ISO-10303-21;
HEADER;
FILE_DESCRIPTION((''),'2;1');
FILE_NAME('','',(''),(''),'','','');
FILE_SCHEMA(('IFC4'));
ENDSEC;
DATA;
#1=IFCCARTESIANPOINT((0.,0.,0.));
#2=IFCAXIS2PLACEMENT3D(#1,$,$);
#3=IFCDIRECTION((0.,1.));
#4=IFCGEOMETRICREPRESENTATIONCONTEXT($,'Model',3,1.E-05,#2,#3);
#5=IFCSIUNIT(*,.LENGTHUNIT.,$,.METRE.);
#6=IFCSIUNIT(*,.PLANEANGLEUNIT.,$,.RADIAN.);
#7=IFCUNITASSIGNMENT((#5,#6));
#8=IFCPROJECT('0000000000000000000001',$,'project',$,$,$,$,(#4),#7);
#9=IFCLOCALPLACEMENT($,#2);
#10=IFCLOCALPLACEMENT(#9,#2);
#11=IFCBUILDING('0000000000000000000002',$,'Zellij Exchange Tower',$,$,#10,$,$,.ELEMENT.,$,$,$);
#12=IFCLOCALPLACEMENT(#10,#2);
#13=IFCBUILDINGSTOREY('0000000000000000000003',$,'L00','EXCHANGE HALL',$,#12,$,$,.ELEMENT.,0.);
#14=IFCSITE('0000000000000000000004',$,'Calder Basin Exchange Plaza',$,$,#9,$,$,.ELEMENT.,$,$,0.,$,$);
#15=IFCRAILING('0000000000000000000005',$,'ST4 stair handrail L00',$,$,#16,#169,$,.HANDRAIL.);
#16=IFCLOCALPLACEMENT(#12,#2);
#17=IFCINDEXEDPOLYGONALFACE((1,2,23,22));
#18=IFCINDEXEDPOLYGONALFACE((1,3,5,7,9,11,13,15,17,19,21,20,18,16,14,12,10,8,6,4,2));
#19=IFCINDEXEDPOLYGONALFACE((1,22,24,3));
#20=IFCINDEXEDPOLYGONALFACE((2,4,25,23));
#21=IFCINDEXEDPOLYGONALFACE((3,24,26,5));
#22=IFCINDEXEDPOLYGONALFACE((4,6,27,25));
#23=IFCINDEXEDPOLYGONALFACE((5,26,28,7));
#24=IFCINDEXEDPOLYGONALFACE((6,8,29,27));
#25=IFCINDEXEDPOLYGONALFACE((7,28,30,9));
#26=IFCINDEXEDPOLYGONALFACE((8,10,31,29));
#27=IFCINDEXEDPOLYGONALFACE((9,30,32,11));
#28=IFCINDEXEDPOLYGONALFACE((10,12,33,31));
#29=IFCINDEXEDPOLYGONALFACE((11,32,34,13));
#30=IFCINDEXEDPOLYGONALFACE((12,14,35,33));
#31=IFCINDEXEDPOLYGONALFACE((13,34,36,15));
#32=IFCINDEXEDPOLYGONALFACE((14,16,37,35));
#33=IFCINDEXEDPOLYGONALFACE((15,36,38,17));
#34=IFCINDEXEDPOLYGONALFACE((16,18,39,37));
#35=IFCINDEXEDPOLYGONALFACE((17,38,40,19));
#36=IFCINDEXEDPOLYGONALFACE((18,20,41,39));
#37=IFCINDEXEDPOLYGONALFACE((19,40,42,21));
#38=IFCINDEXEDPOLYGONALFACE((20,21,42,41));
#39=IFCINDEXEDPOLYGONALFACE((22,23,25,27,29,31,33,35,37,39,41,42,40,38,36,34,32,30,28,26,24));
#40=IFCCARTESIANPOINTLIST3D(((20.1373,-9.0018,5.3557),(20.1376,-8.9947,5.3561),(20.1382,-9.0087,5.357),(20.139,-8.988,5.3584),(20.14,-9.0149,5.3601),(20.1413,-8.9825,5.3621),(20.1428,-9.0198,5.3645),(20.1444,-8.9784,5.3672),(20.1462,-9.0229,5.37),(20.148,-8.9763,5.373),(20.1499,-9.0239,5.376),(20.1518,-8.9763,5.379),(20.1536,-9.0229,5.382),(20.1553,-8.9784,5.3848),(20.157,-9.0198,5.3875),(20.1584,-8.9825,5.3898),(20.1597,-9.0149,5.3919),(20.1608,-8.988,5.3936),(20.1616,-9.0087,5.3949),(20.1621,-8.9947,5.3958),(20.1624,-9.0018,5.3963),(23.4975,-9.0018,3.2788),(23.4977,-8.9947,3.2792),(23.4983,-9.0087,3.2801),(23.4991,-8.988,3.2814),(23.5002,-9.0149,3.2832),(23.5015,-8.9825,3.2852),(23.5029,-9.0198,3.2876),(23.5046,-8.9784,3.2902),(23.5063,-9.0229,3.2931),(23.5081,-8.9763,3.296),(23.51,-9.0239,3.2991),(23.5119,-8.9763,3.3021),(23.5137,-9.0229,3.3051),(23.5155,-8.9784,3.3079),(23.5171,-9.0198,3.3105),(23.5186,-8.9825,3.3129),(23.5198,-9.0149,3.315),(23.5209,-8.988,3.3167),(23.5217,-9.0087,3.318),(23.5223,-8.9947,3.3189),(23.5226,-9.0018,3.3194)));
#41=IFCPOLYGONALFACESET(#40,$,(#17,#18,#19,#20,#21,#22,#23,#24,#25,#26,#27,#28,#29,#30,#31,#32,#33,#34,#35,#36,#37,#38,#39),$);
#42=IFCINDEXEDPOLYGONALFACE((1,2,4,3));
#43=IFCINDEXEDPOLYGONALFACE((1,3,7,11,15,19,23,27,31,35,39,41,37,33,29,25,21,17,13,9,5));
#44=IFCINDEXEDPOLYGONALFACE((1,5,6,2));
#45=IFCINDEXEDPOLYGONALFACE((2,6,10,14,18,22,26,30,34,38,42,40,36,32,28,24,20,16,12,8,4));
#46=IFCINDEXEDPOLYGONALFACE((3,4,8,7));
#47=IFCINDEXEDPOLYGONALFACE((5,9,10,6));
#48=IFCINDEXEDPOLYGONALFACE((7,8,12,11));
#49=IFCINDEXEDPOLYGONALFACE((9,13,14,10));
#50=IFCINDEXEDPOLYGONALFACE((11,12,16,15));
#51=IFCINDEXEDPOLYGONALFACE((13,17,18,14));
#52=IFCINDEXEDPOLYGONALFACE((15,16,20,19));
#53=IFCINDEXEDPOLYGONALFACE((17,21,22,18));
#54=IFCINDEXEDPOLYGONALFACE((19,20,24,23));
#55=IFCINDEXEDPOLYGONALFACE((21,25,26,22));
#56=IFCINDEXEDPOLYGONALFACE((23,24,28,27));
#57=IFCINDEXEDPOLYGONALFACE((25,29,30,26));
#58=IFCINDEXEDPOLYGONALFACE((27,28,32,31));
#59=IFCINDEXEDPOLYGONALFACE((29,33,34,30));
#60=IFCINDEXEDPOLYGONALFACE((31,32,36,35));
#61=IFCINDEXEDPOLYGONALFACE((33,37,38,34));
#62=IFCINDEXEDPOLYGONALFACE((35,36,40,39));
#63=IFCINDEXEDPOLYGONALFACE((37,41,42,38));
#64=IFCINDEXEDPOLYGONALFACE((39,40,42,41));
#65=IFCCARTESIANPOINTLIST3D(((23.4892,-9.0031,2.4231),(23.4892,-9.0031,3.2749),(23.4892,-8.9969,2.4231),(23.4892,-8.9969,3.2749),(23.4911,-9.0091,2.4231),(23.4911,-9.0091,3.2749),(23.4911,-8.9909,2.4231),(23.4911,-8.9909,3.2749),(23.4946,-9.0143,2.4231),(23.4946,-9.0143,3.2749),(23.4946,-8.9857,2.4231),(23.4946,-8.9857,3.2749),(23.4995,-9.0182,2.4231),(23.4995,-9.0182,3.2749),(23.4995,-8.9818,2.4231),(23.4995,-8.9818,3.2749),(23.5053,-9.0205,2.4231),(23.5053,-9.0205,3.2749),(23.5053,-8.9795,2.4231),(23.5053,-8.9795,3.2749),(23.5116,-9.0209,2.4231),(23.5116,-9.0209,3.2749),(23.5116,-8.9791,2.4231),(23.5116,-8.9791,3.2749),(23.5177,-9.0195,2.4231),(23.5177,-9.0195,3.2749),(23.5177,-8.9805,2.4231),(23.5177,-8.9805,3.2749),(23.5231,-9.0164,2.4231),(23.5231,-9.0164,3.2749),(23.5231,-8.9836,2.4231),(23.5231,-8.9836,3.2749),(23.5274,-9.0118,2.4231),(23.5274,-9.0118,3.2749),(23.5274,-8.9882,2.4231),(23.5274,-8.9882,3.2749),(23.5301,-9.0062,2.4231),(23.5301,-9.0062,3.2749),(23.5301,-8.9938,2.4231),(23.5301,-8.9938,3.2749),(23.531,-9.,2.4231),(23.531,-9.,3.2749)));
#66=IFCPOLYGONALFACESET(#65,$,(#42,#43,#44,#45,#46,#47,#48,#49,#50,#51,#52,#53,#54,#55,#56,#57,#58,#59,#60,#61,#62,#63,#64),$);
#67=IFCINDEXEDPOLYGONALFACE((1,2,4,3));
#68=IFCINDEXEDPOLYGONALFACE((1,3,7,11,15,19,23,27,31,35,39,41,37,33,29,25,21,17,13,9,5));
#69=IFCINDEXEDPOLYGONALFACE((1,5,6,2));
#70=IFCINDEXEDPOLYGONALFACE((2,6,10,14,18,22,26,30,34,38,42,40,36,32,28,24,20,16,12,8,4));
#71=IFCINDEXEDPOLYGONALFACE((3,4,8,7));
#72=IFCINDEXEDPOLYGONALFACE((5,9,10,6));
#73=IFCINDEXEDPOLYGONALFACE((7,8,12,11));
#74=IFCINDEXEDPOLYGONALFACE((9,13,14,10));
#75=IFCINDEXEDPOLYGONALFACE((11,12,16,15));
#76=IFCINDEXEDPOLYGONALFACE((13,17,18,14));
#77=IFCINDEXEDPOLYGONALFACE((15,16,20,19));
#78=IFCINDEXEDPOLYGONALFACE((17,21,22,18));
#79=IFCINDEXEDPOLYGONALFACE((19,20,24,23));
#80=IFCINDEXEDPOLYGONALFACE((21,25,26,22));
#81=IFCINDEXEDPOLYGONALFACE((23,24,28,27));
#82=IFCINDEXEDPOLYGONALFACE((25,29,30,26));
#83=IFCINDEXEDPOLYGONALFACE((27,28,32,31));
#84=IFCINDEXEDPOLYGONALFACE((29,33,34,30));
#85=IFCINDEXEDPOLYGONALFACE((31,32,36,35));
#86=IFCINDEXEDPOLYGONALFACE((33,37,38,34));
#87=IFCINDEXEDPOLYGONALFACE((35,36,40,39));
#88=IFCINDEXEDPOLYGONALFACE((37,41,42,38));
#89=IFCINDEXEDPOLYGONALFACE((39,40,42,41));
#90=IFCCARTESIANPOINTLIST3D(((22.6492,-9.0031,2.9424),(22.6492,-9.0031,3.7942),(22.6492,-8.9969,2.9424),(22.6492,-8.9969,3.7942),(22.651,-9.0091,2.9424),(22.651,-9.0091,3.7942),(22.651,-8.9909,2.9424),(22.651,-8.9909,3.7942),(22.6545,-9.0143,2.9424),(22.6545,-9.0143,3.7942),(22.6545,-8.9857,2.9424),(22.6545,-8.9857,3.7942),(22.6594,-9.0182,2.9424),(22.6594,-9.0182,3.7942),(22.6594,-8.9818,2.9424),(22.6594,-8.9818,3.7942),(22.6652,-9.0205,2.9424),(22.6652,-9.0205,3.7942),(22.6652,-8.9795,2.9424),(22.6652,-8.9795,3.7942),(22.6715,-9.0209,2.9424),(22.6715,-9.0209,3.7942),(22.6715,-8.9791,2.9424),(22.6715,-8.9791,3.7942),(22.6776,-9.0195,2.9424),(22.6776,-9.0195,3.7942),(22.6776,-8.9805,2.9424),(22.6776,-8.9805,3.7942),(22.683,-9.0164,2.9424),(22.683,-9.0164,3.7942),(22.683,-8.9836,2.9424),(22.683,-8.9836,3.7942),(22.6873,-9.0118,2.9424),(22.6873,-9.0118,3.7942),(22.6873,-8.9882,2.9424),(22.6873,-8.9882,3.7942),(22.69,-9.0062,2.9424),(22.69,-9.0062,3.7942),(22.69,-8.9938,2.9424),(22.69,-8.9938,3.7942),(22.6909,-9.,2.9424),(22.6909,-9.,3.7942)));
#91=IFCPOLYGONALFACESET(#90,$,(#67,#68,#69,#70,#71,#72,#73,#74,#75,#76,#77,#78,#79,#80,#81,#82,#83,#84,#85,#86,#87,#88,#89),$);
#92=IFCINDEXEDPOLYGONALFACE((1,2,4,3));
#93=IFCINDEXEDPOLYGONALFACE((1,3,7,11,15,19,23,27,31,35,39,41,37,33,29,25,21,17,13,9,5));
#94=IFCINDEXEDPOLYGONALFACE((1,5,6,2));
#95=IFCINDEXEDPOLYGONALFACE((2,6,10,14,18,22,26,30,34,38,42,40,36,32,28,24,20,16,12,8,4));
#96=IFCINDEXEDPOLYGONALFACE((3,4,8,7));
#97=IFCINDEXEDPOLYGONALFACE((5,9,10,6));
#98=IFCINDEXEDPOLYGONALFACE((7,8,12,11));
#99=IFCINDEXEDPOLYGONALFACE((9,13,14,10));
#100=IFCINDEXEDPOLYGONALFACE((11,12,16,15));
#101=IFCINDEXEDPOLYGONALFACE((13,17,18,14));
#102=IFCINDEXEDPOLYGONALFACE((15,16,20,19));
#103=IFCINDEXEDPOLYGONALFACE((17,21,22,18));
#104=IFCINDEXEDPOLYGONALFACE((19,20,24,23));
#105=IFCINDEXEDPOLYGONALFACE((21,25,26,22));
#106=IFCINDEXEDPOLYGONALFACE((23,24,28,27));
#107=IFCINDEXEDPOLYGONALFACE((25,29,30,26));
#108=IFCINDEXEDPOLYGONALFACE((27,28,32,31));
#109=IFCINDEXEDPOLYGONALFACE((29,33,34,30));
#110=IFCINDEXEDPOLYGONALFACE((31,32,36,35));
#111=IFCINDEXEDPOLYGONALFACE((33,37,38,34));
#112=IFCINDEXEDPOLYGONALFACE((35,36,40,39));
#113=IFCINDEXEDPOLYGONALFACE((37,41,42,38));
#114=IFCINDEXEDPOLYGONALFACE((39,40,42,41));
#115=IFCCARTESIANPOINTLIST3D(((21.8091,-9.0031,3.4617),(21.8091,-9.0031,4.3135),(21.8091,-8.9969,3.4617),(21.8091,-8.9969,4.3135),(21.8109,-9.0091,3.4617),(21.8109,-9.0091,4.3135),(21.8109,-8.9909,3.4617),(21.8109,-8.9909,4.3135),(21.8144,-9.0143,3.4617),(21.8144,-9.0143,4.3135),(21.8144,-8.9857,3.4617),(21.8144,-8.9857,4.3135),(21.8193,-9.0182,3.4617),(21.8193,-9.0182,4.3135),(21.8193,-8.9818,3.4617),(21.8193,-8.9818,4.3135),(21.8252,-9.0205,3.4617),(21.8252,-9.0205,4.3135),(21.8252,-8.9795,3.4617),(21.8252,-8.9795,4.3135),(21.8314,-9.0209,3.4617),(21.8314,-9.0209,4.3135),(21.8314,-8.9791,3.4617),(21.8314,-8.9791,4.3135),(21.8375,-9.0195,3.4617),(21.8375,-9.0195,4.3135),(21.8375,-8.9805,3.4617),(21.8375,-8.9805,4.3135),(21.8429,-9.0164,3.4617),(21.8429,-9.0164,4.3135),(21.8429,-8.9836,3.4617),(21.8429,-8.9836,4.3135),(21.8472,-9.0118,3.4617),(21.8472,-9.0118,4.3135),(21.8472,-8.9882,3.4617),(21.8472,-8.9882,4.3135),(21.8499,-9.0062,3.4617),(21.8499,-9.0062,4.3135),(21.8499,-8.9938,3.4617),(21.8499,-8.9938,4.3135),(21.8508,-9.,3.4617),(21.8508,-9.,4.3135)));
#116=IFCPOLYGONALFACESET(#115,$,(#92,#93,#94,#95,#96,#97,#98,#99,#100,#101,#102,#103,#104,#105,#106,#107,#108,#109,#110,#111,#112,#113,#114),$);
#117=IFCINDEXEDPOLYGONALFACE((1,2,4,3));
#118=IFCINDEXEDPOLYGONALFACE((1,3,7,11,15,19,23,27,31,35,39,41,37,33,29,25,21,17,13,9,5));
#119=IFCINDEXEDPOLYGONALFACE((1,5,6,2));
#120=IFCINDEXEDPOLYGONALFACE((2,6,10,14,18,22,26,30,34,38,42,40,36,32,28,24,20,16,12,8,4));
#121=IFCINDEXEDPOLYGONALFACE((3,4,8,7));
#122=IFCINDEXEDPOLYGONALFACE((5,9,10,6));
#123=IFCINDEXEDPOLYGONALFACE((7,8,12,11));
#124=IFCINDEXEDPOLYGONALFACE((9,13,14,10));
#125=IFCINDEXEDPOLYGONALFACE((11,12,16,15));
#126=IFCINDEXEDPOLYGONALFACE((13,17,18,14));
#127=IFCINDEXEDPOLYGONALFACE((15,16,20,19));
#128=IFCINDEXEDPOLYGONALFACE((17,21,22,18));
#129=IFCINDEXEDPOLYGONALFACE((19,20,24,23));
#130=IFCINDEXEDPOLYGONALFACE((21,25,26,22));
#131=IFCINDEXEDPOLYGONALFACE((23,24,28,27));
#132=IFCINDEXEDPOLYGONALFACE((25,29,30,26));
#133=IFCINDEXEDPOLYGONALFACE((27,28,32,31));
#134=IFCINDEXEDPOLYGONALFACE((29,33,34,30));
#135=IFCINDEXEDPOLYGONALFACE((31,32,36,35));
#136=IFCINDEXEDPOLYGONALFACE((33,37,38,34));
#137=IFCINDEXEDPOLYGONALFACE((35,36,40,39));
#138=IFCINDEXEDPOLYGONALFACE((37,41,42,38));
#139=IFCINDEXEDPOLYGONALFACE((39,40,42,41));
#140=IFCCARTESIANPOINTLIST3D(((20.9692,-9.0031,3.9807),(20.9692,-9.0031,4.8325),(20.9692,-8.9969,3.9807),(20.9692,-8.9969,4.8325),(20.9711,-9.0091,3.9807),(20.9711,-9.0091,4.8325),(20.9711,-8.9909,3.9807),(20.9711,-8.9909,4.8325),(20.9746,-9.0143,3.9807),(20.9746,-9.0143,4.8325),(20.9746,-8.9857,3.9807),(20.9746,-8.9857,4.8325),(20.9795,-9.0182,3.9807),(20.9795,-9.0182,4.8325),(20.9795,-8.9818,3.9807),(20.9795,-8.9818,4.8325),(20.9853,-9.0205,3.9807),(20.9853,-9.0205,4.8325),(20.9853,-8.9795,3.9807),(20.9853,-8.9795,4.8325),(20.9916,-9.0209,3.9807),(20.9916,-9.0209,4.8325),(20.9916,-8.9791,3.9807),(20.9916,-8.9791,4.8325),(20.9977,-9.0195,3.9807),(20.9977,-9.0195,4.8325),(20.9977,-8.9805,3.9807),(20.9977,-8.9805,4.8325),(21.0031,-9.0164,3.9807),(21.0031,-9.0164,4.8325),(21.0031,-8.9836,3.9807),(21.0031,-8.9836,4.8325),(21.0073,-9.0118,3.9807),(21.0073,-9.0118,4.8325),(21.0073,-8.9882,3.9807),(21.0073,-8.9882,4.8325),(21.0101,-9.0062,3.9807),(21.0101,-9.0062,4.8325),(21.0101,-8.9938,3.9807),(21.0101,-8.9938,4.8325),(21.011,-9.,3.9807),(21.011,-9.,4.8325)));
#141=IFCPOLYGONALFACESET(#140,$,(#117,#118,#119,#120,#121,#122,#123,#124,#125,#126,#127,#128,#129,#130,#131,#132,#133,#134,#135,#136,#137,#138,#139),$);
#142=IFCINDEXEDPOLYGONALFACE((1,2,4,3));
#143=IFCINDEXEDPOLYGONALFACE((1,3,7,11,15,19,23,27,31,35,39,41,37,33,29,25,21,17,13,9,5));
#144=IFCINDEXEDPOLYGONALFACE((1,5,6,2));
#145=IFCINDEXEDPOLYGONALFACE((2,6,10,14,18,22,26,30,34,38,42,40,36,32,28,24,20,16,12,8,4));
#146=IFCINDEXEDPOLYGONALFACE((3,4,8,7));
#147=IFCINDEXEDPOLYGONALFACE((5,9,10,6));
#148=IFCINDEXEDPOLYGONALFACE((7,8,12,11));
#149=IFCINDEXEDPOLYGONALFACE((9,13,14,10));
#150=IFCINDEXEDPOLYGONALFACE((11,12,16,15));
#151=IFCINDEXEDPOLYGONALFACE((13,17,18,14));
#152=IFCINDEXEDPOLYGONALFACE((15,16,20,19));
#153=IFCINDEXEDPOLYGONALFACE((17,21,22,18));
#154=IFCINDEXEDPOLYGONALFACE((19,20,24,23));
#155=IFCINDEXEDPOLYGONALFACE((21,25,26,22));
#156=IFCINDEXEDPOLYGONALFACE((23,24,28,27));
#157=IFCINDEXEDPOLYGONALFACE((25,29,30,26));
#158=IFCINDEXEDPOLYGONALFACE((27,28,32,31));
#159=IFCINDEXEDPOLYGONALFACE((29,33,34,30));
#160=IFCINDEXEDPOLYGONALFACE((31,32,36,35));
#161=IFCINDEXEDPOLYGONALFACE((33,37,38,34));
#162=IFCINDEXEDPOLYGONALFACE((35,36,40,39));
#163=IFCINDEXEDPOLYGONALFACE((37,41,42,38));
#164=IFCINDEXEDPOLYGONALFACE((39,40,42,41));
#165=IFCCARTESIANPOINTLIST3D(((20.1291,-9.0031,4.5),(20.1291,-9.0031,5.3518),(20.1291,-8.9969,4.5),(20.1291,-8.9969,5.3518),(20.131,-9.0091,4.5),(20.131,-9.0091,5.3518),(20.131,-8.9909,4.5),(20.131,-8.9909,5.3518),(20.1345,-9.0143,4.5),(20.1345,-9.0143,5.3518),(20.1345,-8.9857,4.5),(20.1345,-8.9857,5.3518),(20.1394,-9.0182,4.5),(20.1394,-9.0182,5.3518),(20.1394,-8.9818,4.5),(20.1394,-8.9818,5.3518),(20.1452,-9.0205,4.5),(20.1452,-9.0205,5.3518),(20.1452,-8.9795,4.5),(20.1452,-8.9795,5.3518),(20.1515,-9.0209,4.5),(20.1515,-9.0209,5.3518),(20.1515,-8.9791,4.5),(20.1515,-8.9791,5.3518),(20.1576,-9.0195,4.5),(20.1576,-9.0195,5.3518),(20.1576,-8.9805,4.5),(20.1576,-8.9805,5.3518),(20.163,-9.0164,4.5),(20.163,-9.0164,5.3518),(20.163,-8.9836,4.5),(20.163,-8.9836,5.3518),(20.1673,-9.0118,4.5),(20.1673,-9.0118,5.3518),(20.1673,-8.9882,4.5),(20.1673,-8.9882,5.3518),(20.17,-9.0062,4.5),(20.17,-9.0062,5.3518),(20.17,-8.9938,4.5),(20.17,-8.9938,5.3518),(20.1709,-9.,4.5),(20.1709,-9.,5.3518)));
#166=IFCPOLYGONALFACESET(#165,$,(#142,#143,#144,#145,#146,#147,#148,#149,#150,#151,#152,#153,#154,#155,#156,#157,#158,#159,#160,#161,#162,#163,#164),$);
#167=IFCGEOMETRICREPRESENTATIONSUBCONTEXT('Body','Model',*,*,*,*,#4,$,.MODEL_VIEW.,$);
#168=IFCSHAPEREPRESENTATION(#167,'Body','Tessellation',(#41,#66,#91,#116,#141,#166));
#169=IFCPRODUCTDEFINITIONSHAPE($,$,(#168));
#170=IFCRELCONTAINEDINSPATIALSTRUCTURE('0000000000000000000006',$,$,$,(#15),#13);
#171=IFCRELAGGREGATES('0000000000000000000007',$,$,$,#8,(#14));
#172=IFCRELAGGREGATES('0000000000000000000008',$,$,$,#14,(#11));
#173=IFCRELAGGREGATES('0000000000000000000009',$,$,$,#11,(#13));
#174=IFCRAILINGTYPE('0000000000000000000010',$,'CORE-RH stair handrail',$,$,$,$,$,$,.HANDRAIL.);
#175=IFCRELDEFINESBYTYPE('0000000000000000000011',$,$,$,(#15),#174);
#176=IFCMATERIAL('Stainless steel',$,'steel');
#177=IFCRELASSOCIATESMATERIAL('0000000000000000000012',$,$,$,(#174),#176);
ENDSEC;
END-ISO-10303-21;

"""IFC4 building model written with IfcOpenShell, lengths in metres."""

from ifc_helpers import new_model, si_unit, direction, frame, origin, origin_2d, place, context, subcontext, project, spatial, circle, extrude, material, type_object, element, save


model = new_model("IFC4")

# Units and contexts
model_context = context("Model", 3, precision=1e-05, world=origin(), true_north=direction((0.0, 1.0)))
body_context = subcontext(model_context, "Body", "Model", "MODEL_VIEW")
ifc_project = project(units=[si_unit("LENGTHUNIT", "METRE"), si_unit("PLANEANGLEUNIT", "RADIAN")], contexts=[model_context])

# Site, building, storey
site_placement = place(None, origin())
site = spatial("IfcSite", under=ifc_project, at=site_placement, Name="Calder Basin Exchange Plaza", CompositionType="ELEMENT", RefElevation=0.0)
building_placement = place(site_placement, origin())
building = spatial("IfcBuilding", under=site, at=building_placement, Name="Zellij Exchange Tower", CompositionType="ELEMENT")
storey_placement = place(building_placement, origin())
storey = spatial("IfcBuildingStorey", under=building, at=storey_placement, Name="L00", Description="EXCHANGE HALL", CompositionType="ELEMENT", Elevation=0.0)

# Railing
ifc_material_1 = material(Name="Stainless steel", Category="steel")
railing_type = type_object("IfcRailingType", Name="CORE-RH stair handrail", PredefinedType="HANDRAIL", material=ifc_material_1)
for number, where, name in (
    (1, (23.51, -9.0, 2.4231), "ST4 stair handrail L00"),
):
    element("IfcRailing", number, at=place(storey_placement, frame(where)), inside=storey, type_object=railing_type, Name=name, PredefinedType="HANDRAIL", context=body_context, shape_type="SweptSolid", body=[
        extrude(circle(Radius=0.0239, at=origin_2d()), frame((0.0, 0.0, 0.876), z_axis=(-0.850623, 0.0, 0.525776), x_axis=(0.0, -1.0, 0.0)), (0.0, 0.0, 1.0), 3.9502),
        extrude(circle(Radius=0.021, at=origin_2d()), origin(), (0.0, 0.0, 1.0), 0.8518),
        extrude(circle(Radius=0.021, at=origin_2d()), frame((-0.8401, 0.0, 0.5193)), (0.0, 0.0, 1.0), 0.8518),
        extrude(circle(Radius=0.021, at=origin_2d()), frame((-1.6802, 0.0, 1.0386)), (0.0, 0.0, 1.0), 0.8518),
        extrude(circle(Radius=0.021, at=origin_2d()), frame((-2.52, 0.0, 1.5576)), (0.0, 0.0, 1.0), 0.8518),
        extrude(circle(Radius=0.021, at=origin_2d()), frame((-3.3601, 0.0, 2.0769)), (0.0, 0.0, 1.0), 0.8518),
    ])

save(model, "model.ifc")
